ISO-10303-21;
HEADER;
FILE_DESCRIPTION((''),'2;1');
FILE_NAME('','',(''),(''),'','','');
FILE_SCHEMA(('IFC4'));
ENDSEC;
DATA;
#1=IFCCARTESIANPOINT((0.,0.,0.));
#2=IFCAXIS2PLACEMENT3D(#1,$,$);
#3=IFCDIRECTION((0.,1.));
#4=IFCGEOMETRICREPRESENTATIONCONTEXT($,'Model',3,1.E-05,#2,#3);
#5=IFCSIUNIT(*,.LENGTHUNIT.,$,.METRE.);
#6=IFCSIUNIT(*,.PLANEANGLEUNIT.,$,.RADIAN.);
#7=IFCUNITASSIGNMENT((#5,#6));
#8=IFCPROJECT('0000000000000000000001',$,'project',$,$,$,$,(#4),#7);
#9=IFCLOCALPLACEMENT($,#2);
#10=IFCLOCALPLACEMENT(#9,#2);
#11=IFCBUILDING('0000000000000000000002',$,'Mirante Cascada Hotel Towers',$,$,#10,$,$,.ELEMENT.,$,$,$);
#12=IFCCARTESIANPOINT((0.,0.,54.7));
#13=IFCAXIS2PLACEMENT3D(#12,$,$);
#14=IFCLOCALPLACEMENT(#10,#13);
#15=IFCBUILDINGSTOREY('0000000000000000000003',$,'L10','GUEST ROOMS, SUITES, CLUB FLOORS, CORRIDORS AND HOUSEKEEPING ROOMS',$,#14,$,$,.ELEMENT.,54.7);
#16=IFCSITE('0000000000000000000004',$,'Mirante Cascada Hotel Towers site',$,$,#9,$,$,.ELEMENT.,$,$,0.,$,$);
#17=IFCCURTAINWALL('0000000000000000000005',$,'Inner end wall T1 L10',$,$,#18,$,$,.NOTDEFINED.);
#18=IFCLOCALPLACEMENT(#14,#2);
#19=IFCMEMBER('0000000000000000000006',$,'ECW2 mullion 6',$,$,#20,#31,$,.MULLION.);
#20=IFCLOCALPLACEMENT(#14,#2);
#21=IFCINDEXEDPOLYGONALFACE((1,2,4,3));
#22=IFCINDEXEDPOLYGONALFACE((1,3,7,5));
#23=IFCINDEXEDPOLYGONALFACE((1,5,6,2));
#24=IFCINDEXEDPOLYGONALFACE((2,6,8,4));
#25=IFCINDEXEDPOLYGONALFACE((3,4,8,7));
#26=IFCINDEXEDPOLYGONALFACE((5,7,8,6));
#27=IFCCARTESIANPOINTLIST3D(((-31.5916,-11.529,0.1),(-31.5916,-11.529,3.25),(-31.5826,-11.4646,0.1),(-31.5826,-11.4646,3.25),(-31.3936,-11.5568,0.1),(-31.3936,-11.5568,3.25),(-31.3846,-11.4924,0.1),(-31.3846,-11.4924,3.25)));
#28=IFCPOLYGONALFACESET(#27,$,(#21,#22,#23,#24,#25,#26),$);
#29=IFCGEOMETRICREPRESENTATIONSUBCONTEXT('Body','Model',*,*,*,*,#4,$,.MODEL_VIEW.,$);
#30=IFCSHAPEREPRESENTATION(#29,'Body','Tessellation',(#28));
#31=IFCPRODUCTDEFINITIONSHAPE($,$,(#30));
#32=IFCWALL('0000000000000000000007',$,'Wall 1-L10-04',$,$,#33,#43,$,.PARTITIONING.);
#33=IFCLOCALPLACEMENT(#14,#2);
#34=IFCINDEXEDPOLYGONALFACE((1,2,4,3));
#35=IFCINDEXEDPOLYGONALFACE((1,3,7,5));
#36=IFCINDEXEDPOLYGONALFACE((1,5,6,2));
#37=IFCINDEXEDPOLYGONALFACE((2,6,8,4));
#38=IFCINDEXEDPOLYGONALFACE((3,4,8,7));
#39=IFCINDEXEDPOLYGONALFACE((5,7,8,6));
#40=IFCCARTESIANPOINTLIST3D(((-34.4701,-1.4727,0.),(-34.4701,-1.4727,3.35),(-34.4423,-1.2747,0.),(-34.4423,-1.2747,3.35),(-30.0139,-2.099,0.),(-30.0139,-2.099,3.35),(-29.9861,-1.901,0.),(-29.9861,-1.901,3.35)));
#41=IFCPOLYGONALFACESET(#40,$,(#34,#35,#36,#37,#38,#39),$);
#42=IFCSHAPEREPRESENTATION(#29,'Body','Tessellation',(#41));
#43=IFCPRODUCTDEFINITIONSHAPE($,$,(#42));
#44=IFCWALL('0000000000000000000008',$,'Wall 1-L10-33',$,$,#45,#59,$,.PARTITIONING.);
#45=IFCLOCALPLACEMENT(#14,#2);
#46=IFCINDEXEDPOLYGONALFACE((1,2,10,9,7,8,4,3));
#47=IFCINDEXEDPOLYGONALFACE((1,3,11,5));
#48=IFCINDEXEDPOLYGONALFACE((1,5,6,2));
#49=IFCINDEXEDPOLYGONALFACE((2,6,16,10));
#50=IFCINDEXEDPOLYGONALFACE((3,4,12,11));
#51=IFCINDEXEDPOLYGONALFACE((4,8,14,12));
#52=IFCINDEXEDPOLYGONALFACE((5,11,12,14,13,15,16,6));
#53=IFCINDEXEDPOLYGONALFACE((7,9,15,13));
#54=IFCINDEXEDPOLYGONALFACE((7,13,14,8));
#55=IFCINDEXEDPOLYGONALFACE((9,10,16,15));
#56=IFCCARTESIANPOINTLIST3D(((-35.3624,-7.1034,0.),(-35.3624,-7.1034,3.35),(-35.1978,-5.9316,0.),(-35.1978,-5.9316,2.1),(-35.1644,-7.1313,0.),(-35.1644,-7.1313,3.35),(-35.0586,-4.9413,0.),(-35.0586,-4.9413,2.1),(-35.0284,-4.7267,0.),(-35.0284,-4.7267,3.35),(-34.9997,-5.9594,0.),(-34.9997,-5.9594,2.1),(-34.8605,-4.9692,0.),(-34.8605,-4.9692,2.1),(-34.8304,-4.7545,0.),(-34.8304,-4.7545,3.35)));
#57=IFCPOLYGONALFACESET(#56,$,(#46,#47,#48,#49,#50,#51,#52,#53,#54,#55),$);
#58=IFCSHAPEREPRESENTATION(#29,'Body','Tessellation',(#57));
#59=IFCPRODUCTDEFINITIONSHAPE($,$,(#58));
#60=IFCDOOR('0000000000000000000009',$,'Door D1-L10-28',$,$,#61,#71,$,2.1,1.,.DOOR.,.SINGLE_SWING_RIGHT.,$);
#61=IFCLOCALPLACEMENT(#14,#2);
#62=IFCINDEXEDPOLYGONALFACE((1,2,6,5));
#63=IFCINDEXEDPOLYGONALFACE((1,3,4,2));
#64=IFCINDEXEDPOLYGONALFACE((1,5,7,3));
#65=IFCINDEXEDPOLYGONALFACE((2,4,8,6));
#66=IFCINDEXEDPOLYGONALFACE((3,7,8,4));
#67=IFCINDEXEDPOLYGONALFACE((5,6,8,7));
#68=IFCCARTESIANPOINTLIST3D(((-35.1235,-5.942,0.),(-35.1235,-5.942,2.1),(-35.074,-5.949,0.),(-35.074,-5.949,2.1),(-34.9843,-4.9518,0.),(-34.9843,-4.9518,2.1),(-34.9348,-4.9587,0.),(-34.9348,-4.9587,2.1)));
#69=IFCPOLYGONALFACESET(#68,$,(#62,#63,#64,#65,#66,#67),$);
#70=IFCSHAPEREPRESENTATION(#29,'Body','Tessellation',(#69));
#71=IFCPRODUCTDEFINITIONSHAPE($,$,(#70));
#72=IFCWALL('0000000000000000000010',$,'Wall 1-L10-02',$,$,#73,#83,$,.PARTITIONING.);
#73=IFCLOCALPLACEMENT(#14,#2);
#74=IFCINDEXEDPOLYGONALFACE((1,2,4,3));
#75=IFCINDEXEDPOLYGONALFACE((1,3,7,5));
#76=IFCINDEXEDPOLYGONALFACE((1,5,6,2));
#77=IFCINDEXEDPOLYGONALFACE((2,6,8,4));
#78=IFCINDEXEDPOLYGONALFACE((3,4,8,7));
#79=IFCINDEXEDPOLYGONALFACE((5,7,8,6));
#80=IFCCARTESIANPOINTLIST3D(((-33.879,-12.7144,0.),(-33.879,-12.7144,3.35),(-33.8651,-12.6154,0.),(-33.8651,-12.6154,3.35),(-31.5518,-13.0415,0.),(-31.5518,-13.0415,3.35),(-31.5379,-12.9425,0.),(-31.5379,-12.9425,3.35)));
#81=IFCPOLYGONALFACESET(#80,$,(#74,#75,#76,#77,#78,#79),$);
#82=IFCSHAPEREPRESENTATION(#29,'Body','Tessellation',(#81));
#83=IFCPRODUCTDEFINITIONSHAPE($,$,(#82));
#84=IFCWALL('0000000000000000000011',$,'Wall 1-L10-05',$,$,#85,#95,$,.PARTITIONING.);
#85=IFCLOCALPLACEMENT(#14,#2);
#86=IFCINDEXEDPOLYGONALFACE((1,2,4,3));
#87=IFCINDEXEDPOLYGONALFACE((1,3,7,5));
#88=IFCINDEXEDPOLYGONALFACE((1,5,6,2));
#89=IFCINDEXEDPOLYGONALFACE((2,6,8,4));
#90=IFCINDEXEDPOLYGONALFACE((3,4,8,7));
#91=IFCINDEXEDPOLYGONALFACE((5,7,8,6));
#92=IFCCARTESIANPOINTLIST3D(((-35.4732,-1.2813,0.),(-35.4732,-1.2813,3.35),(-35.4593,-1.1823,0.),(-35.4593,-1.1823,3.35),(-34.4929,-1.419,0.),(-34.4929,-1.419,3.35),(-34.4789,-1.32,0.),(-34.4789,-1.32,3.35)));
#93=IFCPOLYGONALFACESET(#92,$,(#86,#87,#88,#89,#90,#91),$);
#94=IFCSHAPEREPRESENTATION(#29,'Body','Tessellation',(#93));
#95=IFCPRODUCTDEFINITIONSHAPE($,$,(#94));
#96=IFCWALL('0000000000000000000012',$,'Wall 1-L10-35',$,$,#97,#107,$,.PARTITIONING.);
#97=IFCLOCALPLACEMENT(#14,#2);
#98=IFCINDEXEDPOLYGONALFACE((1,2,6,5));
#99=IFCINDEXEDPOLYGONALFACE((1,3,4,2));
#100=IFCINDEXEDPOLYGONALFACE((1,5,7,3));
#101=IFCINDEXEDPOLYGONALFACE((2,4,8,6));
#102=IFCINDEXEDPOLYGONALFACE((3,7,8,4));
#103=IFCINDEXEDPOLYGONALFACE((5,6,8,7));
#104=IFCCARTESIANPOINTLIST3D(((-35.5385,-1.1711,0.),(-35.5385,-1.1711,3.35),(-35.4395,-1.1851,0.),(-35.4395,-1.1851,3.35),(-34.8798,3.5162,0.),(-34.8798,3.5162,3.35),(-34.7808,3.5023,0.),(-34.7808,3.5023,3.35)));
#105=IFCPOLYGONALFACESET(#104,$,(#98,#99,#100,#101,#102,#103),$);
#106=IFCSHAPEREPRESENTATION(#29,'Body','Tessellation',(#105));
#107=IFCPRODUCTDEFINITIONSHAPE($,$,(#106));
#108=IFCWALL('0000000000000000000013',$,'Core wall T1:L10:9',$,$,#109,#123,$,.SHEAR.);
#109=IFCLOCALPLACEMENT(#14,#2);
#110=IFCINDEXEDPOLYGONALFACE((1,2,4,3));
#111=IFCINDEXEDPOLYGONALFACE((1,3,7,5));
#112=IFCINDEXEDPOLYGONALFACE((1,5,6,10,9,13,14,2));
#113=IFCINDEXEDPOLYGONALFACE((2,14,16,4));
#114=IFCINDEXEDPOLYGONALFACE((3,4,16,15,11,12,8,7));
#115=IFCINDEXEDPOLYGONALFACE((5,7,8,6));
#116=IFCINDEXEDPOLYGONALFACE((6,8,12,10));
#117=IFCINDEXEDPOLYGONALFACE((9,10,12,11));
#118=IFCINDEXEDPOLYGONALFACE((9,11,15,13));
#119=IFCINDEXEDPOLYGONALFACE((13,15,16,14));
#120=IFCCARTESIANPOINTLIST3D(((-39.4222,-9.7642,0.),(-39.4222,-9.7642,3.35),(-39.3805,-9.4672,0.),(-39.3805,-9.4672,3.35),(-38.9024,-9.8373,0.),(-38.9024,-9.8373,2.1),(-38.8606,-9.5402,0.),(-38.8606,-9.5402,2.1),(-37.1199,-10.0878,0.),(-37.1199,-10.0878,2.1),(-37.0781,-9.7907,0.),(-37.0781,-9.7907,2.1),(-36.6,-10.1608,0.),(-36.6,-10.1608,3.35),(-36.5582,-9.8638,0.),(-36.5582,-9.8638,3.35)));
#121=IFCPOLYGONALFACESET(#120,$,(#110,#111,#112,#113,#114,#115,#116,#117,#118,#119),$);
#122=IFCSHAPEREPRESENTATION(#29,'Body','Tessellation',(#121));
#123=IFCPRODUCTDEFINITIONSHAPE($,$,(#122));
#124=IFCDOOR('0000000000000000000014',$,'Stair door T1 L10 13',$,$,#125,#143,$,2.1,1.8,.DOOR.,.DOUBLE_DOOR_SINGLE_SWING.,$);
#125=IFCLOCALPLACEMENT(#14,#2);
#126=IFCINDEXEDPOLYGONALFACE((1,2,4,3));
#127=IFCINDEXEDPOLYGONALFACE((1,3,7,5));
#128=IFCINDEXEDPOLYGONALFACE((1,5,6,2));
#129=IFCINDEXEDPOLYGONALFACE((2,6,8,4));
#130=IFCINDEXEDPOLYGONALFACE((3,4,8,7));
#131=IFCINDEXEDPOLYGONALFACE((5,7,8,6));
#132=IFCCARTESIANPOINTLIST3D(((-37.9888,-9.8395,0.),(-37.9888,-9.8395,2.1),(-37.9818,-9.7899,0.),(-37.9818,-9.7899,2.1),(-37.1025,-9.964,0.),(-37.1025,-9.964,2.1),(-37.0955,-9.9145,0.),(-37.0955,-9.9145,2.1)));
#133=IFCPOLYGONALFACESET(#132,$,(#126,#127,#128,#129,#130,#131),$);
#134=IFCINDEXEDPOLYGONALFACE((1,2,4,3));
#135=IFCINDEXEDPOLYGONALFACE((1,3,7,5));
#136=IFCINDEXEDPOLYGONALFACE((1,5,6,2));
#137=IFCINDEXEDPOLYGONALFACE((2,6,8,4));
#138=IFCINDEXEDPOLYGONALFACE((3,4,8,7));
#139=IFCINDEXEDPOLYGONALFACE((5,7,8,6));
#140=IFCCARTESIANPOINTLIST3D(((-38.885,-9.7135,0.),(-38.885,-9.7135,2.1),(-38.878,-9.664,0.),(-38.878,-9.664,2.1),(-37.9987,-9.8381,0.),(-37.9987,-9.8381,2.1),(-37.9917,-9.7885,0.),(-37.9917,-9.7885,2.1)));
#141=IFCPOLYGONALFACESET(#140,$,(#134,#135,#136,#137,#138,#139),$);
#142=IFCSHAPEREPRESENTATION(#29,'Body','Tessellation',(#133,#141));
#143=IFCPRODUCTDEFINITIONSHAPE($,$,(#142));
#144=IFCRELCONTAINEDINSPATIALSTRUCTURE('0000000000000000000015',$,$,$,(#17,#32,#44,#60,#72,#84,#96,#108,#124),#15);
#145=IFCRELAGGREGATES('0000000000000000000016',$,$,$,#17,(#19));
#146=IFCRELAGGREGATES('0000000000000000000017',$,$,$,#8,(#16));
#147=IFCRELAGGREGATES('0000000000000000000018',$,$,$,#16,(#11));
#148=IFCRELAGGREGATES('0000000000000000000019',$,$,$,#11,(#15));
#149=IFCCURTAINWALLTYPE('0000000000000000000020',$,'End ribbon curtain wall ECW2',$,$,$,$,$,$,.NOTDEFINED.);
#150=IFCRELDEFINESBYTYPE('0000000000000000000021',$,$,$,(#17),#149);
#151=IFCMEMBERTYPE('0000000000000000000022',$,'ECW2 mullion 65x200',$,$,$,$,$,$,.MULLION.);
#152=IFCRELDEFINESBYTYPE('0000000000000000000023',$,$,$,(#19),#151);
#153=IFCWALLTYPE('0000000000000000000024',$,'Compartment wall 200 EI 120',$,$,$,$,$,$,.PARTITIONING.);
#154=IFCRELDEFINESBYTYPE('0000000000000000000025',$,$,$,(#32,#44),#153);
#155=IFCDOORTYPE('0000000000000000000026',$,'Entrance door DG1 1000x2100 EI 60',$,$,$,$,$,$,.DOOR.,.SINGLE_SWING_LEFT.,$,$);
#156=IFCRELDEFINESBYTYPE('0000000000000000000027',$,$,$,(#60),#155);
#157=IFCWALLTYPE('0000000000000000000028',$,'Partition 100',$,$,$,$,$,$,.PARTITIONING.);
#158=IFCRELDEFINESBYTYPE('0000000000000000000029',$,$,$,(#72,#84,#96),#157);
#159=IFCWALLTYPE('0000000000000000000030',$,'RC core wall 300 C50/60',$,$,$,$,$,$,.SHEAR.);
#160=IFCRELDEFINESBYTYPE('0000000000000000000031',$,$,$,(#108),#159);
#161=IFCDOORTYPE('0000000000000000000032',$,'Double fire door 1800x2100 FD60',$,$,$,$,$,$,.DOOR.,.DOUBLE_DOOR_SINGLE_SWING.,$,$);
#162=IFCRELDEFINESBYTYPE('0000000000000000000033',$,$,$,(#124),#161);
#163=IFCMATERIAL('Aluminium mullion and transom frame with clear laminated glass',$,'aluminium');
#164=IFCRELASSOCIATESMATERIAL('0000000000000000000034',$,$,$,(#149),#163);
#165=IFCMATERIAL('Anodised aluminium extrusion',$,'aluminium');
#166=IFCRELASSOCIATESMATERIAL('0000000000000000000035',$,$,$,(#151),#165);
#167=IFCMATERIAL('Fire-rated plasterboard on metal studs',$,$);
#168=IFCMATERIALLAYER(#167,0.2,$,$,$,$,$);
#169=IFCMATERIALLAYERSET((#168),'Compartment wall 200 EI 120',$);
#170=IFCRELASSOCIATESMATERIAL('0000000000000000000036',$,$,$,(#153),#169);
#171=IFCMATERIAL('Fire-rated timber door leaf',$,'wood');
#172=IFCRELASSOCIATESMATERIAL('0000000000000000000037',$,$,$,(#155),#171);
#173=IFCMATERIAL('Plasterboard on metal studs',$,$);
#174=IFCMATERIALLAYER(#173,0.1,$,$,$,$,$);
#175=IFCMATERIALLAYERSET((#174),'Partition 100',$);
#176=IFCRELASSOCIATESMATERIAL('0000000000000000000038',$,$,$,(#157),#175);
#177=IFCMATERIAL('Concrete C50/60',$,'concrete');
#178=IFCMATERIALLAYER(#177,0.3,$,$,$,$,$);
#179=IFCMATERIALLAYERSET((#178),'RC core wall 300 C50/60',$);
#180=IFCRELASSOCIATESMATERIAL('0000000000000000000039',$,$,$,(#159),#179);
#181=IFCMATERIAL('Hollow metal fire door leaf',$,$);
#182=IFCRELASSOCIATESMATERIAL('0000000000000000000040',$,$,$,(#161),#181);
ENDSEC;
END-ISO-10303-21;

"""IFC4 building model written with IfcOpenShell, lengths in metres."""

from ifc_helpers import new_model, si_unit, direction, frame, frame_2d, origin, origin_2d, place, context, subcontext, project, spatial, rectangle, extrude, material, layer, layer_set, material_profile, profile_set, type_object, element, fill, aggregate, save


model = new_model("IFC4")

# Units and contexts
model_context = context("Model", 3, precision=1e-05, world=origin(), true_north=direction((0.0, 1.0)))
body_context = subcontext(model_context, "Body", "Model", "MODEL_VIEW")
ifc_project = project(units=[si_unit("LENGTHUNIT", "METRE"), si_unit("PLANEANGLEUNIT", "RADIAN")], contexts=[model_context])

# Site, building, storey
site_placement = place(None, origin())
site = spatial("IfcSite", under=ifc_project, at=site_placement, Name="Mirante Cascada Hotel Towers site", CompositionType="ELEMENT", RefElevation=0.0)
building_placement = place(site_placement, origin())
building = spatial("IfcBuilding", under=site, at=building_placement, Name="Mirante Cascada Hotel Towers", CompositionType="ELEMENT")
storey_placement = place(building_placement, frame((0.0, 0.0, 54.7)))
storey = spatial("IfcBuildingStorey", under=building, at=storey_placement, Name="L10", Description="GUEST ROOMS, SUITES, CLUB FLOORS, CORRIDORS AND HOUSEKEEPING ROOMS", CompositionType="ELEMENT", Elevation=54.7)

# Curtain wall, member
ifc_material_1 = material(Name="Aluminium mullion and transom frame with clear laminated glass", Category="aluminium")
curtain_wall_type = type_object("IfcCurtainWallType", Name="End ribbon curtain wall ECW2", PredefinedType="NOTDEFINED", material=ifc_material_1)
curtain_wall_placement = place(storey_placement, origin())
curtain_wall = element("IfcCurtainWall", 1, at=curtain_wall_placement, inside=storey, type_object=curtain_wall_type, Name="Inner end wall T1 L10", PredefinedType="NOTDEFINED")
ifc_material_2 = material(Name="Anodised aluminium extrusion", Category="aluminium")
ifc_material_profile = material_profile(ifc_material_2, rectangle(XDim=0.2, YDim=0.065, at=origin_2d()), Name="ECW2 MULLION 65x200")
ifc_profile_set = profile_set([ifc_material_profile], Name="Anodised aluminium extrusion")
member_type = type_object("IfcMemberType", Name="ECW2 mullion 65x200", PredefinedType="MULLION", material=ifc_profile_set)
member_placement = place(storey_placement, frame((-31.4881, -11.5107, 0.1), z_axis=(0.0, 0.0, 1.0), x_axis=(0.990268, -0.139173, 0.0)))
member = element("IfcMember", 2, at=member_placement, type_object=member_type, Name="ECW2 mullion 6", PredefinedType="MULLION", context=body_context, shape_type="SweptSolid", body=[
    extrude(rectangle(XDim=0.2, YDim=0.065, at=origin_2d()), origin(), (0.0, 0.0, 1.0), 3.15),
])
aggregate(curtain_wall, [member])

# Wall
ifc_material_3 = material(Name="Fire-rated plasterboard on metal studs")
ifc_layer_1 = layer(ifc_material_3, 0.2)
ifc_layer_set_1 = layer_set([ifc_layer_1], Name="Compartment wall 200 EI 120")
wall_type_1 = type_object("IfcWallType", Name="Compartment wall 200 EI 120", PredefinedType="PARTITIONING", material=ifc_layer_set_1)
wall_1_placement = place(storey_placement, frame((-34.4562, -1.3737, 0.0), z_axis=(0.0, 0.0, 1.0), x_axis=(0.990267, -0.139178, 0.0)))
element("IfcWall", 3, at=wall_1_placement, inside=storey, type_object=wall_type_1, Name="Wall 1-L10-04", PredefinedType="PARTITIONING", context=body_context, shape_type="SweptSolid", body=[
    extrude(rectangle(XDim=4.5, YDim=0.2, at=frame_2d((2.25, 0.0))), origin(), (0.0, 0.0, 1.0), 3.35),
])

# Wall, opening, door
wall_2_placement = place(storey_placement, frame((-35.2634, -7.1173, 0.0), z_axis=(0.0, 0.0, 1.0), x_axis=(0.139163, 0.990269, 0.0)))
wall_2 = element("IfcWall", 4, at=wall_2_placement, inside=storey, type_object=wall_type_1, Name="Wall 1-L10-33", PredefinedType="PARTITIONING", context=body_context, shape_type="SweptSolid", body=[
    extrude(rectangle(XDim=2.4001, YDim=0.2, at=frame_2d((1.2, 0.0))), origin(), (0.0, 0.0, 1.0), 3.35),
])
opening_1_placement = place(wall_2_placement, frame((1.1833, 0.0, 0.0)))
opening_1 = element("IfcOpeningElement", 5, at=opening_1_placement, cuts=wall_2, PredefinedType="OPENING", context=body_context, shape_type="SweptSolid", body=[
    extrude(rectangle(XDim=1.0, YDim=2.1, at=frame_2d((0.5, 1.05))), frame((0.0, 0.1, 0.0), z_axis=(0.0, -1.0, 0.0), x_axis=(1.0, 0.0, 0.0)), (0.0, 0.0, 1.0), 0.2),
])
ifc_material_4 = material(Name="Fire-rated timber door leaf", Category="wood")
door_type_1 = type_object("IfcDoorType", Name="Entrance door DG1 1000x2100 EI 60", OperationType="SINGLE_SWING_LEFT", PredefinedType="DOOR", material=ifc_material_4)
door_1_placement = place(opening_1_placement, frame((1.0, 0.0, 0.0), z_axis=(0.0, 0.0, 1.0), x_axis=(-1.0, 0.0, 0.0)))
door_1 = element("IfcDoor", 6, at=door_1_placement, inside=storey, type_object=door_type_1, Name="Door D1-L10-28", OperationType="SINGLE_SWING_RIGHT", OverallHeight=2.1, OverallWidth=1.0, PredefinedType="DOOR", context=body_context, shape_type="SweptSolid", body=[
    extrude(rectangle(XDim=1.0, YDim=2.1, at=frame_2d((0.5, 1.05))), frame((0.0, 0.025, 0.0), z_axis=(0.0, -1.0, 0.0), x_axis=(1.0, 0.0, 0.0)), (0.0, 0.0, 1.0), 0.05),
])
fill(opening_1, door_1)

# Walls
ifc_material_5 = material(Name="Plasterboard on metal studs")
ifc_layer_2 = layer(ifc_material_5, 0.1)
ifc_layer_set_2 = layer_set([ifc_layer_2], Name="Partition 100")
wall_type_2 = type_object("IfcWallType", Name="Partition 100", PredefinedType="PARTITIONING", material=ifc_layer_set_2)
wall_3_placement = place(storey_placement, frame((-33.872, -12.6649, 0.0), z_axis=(0.0, 0.0, 1.0), x_axis=(0.990266, -0.139187, 0.0)))
element("IfcWall", 7, at=wall_3_placement, inside=storey, type_object=wall_type_2, Name="Wall 1-L10-02", PredefinedType="PARTITIONING", context=body_context, shape_type="SweptSolid", body=[
    extrude(rectangle(XDim=2.3501, YDim=0.1, at=frame_2d((1.175, 0.0))), origin(), (0.0, 0.0, 1.0), 3.35),
])
wall_4_placement = place(storey_placement, frame((-34.4859, -1.3695, 0.0), z_axis=(0.0, 0.0, 1.0), x_axis=(-0.99028, 0.139088, 0.0)))
element("IfcWall", 8, at=wall_4_placement, inside=storey, type_object=wall_type_2, Name="Wall 1-L10-05", PredefinedType="PARTITIONING", context=body_context, shape_type="SweptSolid", body=[
    extrude(rectangle(XDim=0.99, YDim=0.1, at=frame_2d((0.495, 0.0))), origin(), (0.0, 0.0, 1.0), 3.35),
])
wall_5_placement = place(storey_placement, frame((-35.489, -1.1781, 0.0), z_axis=(0.0, 0.0, 1.0), x_axis=(0.139161, 0.99027, 0.0)))
element("IfcWall", 9, at=wall_5_placement, inside=storey, type_object=wall_type_2, Name="Wall 1-L10-35", PredefinedType="PARTITIONING", context=body_context, shape_type="SweptSolid", body=[
    extrude(rectangle(XDim=4.7334, YDim=0.1, at=frame_2d((2.3667, 0.0))), origin(), (0.0, 0.0, 1.0), 3.35),
])

# Wall, opening, door
ifc_material_6 = material(Name="Concrete C50/60", Category="concrete")
ifc_layer_3 = layer(ifc_material_6, 0.3)
ifc_layer_set_3 = layer_set([ifc_layer_3], Name="RC core wall 300 C50/60")
wall_type_3 = type_object("IfcWallType", Name="RC core wall 300 C50/60", PredefinedType="SHEAR", material=ifc_layer_set_3)
wall_6_placement = place(storey_placement, frame((-36.5791, -10.0123, 0.0), z_axis=(0.0, 0.0, 1.0), x_axis=(-0.99027, 0.139156, 0.0)))
wall_6 = element("IfcWall", 10, at=wall_6_placement, inside=storey, type_object=wall_type_3, Name="Core wall T1:L10:9", PredefinedType="SHEAR", context=body_context, shape_type="SweptSolid", body=[
    extrude(rectangle(XDim=2.85, YDim=0.3, at=frame_2d((1.425, 0.0))), origin(), (0.0, 0.0, 1.0), 3.35),
])
opening_2_placement = place(wall_6_placement, frame((0.525, 0.0, 0.0)))
opening_2 = element("IfcOpeningElement", 11, at=opening_2_placement, cuts=wall_6, PredefinedType="OPENING", context=body_context, shape_type="SweptSolid", body=[
    extrude(rectangle(XDim=1.8, YDim=2.1, at=frame_2d((0.9, 1.05))), frame((0.0, 0.15, 0.0), z_axis=(0.0, -1.0, 0.0), x_axis=(1.0, 0.0, 0.0)), (0.0, 0.0, 1.0), 0.3),
])
ifc_material_7 = material(Name="Hollow metal fire door leaf")
door_type_2 = type_object("IfcDoorType", Name="Double fire door 1800x2100 FD60", OperationType="DOUBLE_DOOR_SINGLE_SWING", PredefinedType="DOOR", material=ifc_material_7)
door_2_placement = place(opening_2_placement, origin())
door_2 = element("IfcDoor", 12, at=door_2_placement, inside=storey, type_object=door_type_2, Name="Stair door T1 L10 13", OperationType="DOUBLE_DOOR_SINGLE_SWING", OverallHeight=2.1, OverallWidth=1.8, PredefinedType="DOOR", context=body_context, shape_type="SweptSolid", body=[
    extrude(rectangle(XDim=0.895, YDim=2.1, at=frame_2d((0.4475, 1.05))), frame((0.0, 0.025, 0.0), z_axis=(0.0, -1.0, 0.0), x_axis=(1.0, 0.0, 0.0)), (0.0, 0.0, 1.0), 0.05),
    extrude(rectangle(XDim=0.895, YDim=2.1, at=frame_2d((1.3525, 1.05))), frame((0.0, 0.025, 0.0), z_axis=(0.0, -1.0, 0.0), x_axis=(1.0, 0.0, 0.0)), (0.0, 0.0, 1.0), 0.05),
])
fill(opening_2, door_2)

save(model, "model.ifc")
